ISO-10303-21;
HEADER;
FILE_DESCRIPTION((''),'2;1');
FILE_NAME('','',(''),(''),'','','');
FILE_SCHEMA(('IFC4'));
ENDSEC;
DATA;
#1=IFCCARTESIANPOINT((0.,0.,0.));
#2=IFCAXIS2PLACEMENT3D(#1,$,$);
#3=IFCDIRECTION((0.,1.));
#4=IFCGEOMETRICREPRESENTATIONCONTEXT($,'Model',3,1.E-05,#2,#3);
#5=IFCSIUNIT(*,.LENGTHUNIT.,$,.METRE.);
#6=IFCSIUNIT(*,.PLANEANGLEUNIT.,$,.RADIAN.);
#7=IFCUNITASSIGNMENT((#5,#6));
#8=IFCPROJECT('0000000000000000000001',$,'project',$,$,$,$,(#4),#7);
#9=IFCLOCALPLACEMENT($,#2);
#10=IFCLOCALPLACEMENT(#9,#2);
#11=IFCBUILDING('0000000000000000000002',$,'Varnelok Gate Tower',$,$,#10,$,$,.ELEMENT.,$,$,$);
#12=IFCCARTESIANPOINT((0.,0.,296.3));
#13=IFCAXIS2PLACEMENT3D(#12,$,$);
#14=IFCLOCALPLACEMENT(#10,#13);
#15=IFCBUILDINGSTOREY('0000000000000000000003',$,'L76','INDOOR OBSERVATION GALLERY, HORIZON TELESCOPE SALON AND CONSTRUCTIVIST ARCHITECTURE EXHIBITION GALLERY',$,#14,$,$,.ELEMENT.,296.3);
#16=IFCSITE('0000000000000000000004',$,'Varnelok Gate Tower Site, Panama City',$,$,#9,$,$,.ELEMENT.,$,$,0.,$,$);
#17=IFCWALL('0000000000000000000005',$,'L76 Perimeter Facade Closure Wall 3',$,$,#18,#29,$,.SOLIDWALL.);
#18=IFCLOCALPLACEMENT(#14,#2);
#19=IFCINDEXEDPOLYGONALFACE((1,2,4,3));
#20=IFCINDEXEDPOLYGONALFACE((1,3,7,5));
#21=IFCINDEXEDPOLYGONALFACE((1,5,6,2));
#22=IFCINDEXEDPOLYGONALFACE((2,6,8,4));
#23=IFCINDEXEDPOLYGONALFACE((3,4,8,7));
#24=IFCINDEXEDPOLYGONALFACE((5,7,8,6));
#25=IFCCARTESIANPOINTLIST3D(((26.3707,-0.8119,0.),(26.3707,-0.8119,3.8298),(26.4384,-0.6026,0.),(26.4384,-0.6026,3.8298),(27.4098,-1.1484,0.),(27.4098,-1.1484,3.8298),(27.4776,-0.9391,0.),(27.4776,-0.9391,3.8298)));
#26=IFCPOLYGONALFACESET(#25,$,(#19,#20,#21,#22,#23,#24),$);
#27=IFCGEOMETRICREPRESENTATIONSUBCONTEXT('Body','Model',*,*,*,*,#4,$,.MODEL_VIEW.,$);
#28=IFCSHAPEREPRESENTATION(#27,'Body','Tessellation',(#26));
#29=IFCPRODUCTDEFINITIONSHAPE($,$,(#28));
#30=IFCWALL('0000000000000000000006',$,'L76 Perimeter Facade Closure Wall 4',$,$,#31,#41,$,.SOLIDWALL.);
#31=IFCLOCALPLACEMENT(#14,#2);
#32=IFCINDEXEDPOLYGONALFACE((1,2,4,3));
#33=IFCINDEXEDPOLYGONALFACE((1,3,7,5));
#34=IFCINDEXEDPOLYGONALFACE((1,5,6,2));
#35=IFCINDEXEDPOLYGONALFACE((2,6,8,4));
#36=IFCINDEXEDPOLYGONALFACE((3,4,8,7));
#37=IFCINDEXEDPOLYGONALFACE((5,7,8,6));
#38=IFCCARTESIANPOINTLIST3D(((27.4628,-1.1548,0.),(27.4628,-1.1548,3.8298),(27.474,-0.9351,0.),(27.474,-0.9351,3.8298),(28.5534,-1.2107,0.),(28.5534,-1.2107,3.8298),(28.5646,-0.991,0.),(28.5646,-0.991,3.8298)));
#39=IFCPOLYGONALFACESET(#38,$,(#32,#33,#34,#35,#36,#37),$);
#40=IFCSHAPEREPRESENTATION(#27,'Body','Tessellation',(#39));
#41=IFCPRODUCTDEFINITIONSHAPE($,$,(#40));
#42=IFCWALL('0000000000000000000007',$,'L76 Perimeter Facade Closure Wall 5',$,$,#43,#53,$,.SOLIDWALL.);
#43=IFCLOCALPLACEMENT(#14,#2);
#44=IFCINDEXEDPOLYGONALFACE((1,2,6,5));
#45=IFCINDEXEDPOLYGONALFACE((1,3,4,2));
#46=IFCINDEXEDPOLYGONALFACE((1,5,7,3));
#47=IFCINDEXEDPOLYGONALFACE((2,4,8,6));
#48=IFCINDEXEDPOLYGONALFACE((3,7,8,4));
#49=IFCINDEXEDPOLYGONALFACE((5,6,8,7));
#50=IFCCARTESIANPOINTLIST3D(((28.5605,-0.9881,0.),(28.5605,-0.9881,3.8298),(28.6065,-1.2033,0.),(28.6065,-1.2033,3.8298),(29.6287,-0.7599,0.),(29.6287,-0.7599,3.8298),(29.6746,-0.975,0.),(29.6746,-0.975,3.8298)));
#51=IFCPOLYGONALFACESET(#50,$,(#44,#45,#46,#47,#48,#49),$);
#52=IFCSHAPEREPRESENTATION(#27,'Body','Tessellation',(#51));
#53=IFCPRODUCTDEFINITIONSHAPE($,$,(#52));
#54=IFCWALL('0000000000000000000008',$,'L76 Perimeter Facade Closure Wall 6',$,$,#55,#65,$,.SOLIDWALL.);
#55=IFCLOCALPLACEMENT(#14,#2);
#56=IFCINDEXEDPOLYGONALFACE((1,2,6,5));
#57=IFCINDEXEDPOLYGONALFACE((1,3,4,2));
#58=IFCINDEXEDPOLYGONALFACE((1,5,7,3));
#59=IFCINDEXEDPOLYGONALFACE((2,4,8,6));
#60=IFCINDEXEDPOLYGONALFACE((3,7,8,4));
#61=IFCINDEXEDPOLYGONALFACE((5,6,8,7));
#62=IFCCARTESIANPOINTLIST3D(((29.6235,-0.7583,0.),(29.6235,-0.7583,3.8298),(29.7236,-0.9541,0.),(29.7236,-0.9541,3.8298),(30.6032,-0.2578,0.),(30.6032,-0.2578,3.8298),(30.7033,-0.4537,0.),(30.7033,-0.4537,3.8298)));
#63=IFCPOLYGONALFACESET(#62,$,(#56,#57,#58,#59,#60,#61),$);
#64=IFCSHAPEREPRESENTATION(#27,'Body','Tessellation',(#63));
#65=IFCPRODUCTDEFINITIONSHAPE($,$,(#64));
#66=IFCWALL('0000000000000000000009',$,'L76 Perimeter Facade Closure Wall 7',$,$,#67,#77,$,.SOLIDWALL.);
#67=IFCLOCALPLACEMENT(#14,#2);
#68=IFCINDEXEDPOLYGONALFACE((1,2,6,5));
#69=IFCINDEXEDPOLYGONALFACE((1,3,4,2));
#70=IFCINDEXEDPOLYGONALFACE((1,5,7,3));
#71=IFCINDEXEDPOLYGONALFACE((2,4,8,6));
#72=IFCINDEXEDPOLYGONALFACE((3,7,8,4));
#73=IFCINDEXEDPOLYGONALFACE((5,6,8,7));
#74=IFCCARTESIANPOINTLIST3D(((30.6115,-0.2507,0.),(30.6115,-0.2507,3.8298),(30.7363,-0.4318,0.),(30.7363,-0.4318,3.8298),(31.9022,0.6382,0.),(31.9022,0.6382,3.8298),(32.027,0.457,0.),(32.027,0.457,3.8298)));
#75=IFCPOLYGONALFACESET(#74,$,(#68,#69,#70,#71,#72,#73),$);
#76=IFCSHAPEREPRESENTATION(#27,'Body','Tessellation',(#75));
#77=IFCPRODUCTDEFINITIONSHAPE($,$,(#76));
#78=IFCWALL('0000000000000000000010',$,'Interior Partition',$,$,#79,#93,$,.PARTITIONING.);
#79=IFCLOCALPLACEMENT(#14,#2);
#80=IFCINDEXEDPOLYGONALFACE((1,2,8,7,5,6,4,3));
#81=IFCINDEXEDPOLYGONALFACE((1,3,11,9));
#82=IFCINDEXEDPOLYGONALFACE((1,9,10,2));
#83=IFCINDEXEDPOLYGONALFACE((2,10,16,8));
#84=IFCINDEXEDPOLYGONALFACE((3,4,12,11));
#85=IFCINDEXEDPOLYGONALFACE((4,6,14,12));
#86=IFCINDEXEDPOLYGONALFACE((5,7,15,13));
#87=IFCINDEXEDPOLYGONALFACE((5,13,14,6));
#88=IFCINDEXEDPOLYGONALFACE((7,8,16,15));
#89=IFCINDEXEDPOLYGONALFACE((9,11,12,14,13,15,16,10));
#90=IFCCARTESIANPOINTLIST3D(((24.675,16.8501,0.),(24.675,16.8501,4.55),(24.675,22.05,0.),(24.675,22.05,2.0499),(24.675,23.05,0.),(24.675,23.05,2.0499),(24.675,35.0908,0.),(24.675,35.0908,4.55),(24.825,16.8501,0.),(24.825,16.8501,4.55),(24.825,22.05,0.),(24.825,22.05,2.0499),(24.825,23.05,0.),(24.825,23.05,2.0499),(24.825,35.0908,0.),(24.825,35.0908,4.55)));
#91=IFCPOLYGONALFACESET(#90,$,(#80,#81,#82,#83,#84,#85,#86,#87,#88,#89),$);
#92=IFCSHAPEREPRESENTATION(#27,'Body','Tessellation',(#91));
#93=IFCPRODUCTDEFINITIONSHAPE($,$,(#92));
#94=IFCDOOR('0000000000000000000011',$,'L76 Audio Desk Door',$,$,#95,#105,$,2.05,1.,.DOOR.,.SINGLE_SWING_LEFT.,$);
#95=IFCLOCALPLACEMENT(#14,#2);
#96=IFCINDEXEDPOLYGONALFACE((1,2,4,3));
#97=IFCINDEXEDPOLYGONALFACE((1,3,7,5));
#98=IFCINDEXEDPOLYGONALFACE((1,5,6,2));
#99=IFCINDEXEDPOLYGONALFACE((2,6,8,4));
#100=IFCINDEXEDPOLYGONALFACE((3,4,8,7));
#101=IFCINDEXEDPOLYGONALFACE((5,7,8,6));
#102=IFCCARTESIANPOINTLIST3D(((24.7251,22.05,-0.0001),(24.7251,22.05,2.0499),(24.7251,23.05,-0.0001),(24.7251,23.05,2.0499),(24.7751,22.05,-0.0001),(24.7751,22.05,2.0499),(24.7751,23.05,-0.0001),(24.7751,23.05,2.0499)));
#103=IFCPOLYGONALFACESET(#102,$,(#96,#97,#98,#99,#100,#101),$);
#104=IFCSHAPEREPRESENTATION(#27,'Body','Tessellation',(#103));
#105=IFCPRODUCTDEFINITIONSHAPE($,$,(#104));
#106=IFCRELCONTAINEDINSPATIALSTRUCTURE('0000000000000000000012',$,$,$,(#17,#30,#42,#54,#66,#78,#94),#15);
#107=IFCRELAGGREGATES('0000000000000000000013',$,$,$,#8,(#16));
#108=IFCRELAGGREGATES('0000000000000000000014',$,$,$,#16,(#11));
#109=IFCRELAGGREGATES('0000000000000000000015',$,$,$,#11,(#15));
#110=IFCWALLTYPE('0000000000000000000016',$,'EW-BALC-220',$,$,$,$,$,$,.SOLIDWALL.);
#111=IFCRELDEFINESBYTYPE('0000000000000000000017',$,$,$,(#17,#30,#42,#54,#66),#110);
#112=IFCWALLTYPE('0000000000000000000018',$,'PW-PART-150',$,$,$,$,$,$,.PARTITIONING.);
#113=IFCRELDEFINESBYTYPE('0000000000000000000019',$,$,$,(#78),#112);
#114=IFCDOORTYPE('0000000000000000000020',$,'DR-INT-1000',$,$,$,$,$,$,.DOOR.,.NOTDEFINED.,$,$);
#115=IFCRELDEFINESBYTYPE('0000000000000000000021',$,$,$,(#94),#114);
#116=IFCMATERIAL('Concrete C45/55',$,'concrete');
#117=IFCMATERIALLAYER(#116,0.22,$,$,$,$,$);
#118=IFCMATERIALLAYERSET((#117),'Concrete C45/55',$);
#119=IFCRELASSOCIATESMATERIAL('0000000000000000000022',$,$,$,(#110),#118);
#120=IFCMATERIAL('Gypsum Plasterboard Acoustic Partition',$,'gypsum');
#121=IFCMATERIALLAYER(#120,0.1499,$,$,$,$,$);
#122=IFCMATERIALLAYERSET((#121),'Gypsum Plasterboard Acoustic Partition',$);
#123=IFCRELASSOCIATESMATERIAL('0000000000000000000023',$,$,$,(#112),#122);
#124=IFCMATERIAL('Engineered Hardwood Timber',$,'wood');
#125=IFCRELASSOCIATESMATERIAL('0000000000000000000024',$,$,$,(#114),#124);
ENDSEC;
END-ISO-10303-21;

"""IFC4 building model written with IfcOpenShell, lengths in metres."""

from ifc_helpers import new_model, si_unit, direction, frame, frame_2d, origin, place, context, subcontext, project, spatial, rectangle, extrude, material, layer, layer_set, type_object, element, fill, save


model = new_model("IFC4")

# Units and contexts
model_context = context("Model", 3, precision=1e-05, world=origin(), true_north=direction((0.0, 1.0)))
body_context = subcontext(model_context, "Body", "Model", "MODEL_VIEW")
ifc_project = project(units=[si_unit("LENGTHUNIT", "METRE"), si_unit("PLANEANGLEUNIT", "RADIAN")], contexts=[model_context])

# Site, building, storey
site_placement = place(None, origin())
site = spatial("IfcSite", under=ifc_project, at=site_placement, Name="Varnelok Gate Tower Site, Panama City", CompositionType="ELEMENT", RefElevation=0.0)
building_placement = place(site_placement, origin())
building = spatial("IfcBuilding", under=site, at=building_placement, Name="Varnelok Gate Tower", CompositionType="ELEMENT")
storey_placement = place(building_placement, frame((0.0, 0.0, 296.3)))
storey = spatial("IfcBuildingStorey", under=building, at=storey_placement, Name="L76", Description="INDOOR OBSERVATION GALLERY, HORIZON TELESCOPE SALON AND CONSTRUCTIVIST ARCHITECTURE EXHIBITION GALLERY", CompositionType="ELEMENT", Elevation=296.3)

# Walls
ifc_material_1 = material(Name="Concrete C45/55", Category="concrete")
ifc_layer_1 = layer(ifc_material_1, 0.22)
ifc_layer_set_1 = layer_set([ifc_layer_1], Name="Concrete C45/55")
wall_type_1 = type_object("IfcWallType", Name="EW-BALC-220", PredefinedType="SOLIDWALL", material=ifc_layer_set_1)
wall_1_placement = place(storey_placement, frame((26.4045, -0.7073, 0.0), z_axis=(0.0, 0.0, 1.0), x_axis=(0.951375, -0.308035, 0.0)))
element("IfcWall", 1, at=wall_1_placement, inside=storey, type_object=wall_type_1, Name="L76 Perimeter Facade Closure Wall 3", PredefinedType="SOLIDWALL", context=body_context, shape_type="SweptSolid", body=[
    extrude(rectangle(XDim=1.0923, YDim=0.22, at=frame_2d((0.5461, 0.0))), origin(), (0.0, 0.0, 1.0), 3.8298),
])
wall_2_placement = place(storey_placement, frame((27.4685, -1.0449, 0.0), z_axis=(0.0, 0.0, 1.0), x_axis=(0.998689, -0.051198, 0.0)))
element("IfcWall", 2, at=wall_2_placement, inside=storey, type_object=wall_type_1, Name="L76 Perimeter Facade Closure Wall 4", PredefinedType="SOLIDWALL", context=body_context, shape_type="SweptSolid", body=[
    extrude(rectangle(XDim=1.092, YDim=0.22, at=frame_2d((0.5459, 0.0))), origin(), (0.0, 0.0, 1.0), 3.8298),
])
wall_3_placement = place(storey_placement, frame((28.5835, -1.0957, 0.0), z_axis=(0.0, 0.0, 1.0), x_axis=(0.977917, 0.208995, 0.0)))
element("IfcWall", 3, at=wall_3_placement, inside=storey, type_object=wall_type_1, Name="L76 Perimeter Facade Closure Wall 5", PredefinedType="SOLIDWALL", context=body_context, shape_type="SweptSolid", body=[
    extrude(rectangle(XDim=1.0923, YDim=0.22, at=frame_2d((0.5461, 0.0))), origin(), (0.0, 0.0, 1.0), 3.8298),
])
wall_4_placement = place(storey_placement, frame((29.6736, -0.8562, 0.0), z_axis=(0.0, 0.0, 1.0), x_axis=(0.890533, 0.454919, 0.0)))
element("IfcWall", 4, at=wall_4_placement, inside=storey, type_object=wall_type_1, Name="L76 Perimeter Facade Closure Wall 6", PredefinedType="SOLIDWALL", context=body_context, shape_type="SweptSolid", body=[
    extrude(rectangle(XDim=1.1001, YDim=0.22, at=frame_2d((0.55, 0.0))), origin(), (0.0, 0.0, 1.0), 3.8298),
])
wall_5_placement = place(storey_placement, frame((30.6738, -0.3413, 0.0), z_axis=(0.0, 0.0, 1.0), x_axis=(0.823592, 0.567183, 0.0)))
element("IfcWall", 5, at=wall_5_placement, inside=storey, type_object=wall_type_1, Name="L76 Perimeter Facade Closure Wall 7", PredefinedType="SOLIDWALL", context=body_context, shape_type="SweptSolid", body=[
    extrude(rectangle(XDim=1.5671, YDim=0.22, at=frame_2d((0.7837, 0.0))), origin(), (0.0, 0.0, 1.0), 3.8298),
])

# Wall, opening, door
ifc_material_2 = material(Name="Gypsum Plasterboard Acoustic Partition", Category="gypsum")
ifc_layer_2 = layer(ifc_material_2, 0.1499)
ifc_layer_set_2 = layer_set([ifc_layer_2], Name="Gypsum Plasterboard Acoustic Partition")
wall_type_2 = type_object("IfcWallType", Name="PW-PART-150", PredefinedType="PARTITIONING", material=ifc_layer_set_2)
wall_6_placement = place(storey_placement, frame((24.75, 16.8501, 0.0), z_axis=(0.0, 0.0, 1.0), x_axis=(0.0, 1.0, 0.0)))
wall_6 = element("IfcWall", 6, at=wall_6_placement, inside=storey, type_object=wall_type_2, Name="Interior Partition", PredefinedType="PARTITIONING", context=body_context, shape_type="SweptSolid", body=[
    extrude(rectangle(XDim=18.2407, YDim=0.1499, at=frame_2d((9.1204, 0.0))), origin(), (0.0, 0.0, 1.0), 4.55),
])
opening_placement = place(wall_6_placement, frame((5.2, 0.0, 0.0)))
opening = element("IfcOpeningElement", 7, at=opening_placement, cuts=wall_6, PredefinedType="OPENING", context=body_context, shape_type="SweptSolid", body=[
    extrude(rectangle(XDim=1.0, YDim=2.05, at=frame_2d((0.5, 1.0249))), frame((0.0, 0.085, 0.0), z_axis=(0.0, -1.0, 0.0), x_axis=(1.0, 0.0, 0.0)), (0.0, 0.0, 1.0), 0.1699),
])
ifc_material_3 = material(Name="Engineered Hardwood Timber", Category="wood")
door_type = type_object("IfcDoorType", Name="DR-INT-1000", OperationType="NOTDEFINED", PredefinedType="DOOR", material=ifc_material_3)
door_placement = place(opening_placement, origin())
door = element("IfcDoor", 8, at=door_placement, inside=storey, type_object=door_type, Name="L76 Audio Desk Door", OperationType="SINGLE_SWING_LEFT", OverallHeight=2.05, OverallWidth=1.0, PredefinedType="DOOR", context=body_context, shape_type="SweptSolid", body=[
    extrude(rectangle(XDim=1.0, YDim=2.05, at=frame_2d((0.5, 1.0249))), frame((0.0, 0.0249, 0.0), z_axis=(0.0, -1.0, 0.0), x_axis=(1.0, 0.0, 0.0)), (0.0, 0.0, 1.0), 0.05),
])
fill(opening, door)

save(model, "model.ifc")
